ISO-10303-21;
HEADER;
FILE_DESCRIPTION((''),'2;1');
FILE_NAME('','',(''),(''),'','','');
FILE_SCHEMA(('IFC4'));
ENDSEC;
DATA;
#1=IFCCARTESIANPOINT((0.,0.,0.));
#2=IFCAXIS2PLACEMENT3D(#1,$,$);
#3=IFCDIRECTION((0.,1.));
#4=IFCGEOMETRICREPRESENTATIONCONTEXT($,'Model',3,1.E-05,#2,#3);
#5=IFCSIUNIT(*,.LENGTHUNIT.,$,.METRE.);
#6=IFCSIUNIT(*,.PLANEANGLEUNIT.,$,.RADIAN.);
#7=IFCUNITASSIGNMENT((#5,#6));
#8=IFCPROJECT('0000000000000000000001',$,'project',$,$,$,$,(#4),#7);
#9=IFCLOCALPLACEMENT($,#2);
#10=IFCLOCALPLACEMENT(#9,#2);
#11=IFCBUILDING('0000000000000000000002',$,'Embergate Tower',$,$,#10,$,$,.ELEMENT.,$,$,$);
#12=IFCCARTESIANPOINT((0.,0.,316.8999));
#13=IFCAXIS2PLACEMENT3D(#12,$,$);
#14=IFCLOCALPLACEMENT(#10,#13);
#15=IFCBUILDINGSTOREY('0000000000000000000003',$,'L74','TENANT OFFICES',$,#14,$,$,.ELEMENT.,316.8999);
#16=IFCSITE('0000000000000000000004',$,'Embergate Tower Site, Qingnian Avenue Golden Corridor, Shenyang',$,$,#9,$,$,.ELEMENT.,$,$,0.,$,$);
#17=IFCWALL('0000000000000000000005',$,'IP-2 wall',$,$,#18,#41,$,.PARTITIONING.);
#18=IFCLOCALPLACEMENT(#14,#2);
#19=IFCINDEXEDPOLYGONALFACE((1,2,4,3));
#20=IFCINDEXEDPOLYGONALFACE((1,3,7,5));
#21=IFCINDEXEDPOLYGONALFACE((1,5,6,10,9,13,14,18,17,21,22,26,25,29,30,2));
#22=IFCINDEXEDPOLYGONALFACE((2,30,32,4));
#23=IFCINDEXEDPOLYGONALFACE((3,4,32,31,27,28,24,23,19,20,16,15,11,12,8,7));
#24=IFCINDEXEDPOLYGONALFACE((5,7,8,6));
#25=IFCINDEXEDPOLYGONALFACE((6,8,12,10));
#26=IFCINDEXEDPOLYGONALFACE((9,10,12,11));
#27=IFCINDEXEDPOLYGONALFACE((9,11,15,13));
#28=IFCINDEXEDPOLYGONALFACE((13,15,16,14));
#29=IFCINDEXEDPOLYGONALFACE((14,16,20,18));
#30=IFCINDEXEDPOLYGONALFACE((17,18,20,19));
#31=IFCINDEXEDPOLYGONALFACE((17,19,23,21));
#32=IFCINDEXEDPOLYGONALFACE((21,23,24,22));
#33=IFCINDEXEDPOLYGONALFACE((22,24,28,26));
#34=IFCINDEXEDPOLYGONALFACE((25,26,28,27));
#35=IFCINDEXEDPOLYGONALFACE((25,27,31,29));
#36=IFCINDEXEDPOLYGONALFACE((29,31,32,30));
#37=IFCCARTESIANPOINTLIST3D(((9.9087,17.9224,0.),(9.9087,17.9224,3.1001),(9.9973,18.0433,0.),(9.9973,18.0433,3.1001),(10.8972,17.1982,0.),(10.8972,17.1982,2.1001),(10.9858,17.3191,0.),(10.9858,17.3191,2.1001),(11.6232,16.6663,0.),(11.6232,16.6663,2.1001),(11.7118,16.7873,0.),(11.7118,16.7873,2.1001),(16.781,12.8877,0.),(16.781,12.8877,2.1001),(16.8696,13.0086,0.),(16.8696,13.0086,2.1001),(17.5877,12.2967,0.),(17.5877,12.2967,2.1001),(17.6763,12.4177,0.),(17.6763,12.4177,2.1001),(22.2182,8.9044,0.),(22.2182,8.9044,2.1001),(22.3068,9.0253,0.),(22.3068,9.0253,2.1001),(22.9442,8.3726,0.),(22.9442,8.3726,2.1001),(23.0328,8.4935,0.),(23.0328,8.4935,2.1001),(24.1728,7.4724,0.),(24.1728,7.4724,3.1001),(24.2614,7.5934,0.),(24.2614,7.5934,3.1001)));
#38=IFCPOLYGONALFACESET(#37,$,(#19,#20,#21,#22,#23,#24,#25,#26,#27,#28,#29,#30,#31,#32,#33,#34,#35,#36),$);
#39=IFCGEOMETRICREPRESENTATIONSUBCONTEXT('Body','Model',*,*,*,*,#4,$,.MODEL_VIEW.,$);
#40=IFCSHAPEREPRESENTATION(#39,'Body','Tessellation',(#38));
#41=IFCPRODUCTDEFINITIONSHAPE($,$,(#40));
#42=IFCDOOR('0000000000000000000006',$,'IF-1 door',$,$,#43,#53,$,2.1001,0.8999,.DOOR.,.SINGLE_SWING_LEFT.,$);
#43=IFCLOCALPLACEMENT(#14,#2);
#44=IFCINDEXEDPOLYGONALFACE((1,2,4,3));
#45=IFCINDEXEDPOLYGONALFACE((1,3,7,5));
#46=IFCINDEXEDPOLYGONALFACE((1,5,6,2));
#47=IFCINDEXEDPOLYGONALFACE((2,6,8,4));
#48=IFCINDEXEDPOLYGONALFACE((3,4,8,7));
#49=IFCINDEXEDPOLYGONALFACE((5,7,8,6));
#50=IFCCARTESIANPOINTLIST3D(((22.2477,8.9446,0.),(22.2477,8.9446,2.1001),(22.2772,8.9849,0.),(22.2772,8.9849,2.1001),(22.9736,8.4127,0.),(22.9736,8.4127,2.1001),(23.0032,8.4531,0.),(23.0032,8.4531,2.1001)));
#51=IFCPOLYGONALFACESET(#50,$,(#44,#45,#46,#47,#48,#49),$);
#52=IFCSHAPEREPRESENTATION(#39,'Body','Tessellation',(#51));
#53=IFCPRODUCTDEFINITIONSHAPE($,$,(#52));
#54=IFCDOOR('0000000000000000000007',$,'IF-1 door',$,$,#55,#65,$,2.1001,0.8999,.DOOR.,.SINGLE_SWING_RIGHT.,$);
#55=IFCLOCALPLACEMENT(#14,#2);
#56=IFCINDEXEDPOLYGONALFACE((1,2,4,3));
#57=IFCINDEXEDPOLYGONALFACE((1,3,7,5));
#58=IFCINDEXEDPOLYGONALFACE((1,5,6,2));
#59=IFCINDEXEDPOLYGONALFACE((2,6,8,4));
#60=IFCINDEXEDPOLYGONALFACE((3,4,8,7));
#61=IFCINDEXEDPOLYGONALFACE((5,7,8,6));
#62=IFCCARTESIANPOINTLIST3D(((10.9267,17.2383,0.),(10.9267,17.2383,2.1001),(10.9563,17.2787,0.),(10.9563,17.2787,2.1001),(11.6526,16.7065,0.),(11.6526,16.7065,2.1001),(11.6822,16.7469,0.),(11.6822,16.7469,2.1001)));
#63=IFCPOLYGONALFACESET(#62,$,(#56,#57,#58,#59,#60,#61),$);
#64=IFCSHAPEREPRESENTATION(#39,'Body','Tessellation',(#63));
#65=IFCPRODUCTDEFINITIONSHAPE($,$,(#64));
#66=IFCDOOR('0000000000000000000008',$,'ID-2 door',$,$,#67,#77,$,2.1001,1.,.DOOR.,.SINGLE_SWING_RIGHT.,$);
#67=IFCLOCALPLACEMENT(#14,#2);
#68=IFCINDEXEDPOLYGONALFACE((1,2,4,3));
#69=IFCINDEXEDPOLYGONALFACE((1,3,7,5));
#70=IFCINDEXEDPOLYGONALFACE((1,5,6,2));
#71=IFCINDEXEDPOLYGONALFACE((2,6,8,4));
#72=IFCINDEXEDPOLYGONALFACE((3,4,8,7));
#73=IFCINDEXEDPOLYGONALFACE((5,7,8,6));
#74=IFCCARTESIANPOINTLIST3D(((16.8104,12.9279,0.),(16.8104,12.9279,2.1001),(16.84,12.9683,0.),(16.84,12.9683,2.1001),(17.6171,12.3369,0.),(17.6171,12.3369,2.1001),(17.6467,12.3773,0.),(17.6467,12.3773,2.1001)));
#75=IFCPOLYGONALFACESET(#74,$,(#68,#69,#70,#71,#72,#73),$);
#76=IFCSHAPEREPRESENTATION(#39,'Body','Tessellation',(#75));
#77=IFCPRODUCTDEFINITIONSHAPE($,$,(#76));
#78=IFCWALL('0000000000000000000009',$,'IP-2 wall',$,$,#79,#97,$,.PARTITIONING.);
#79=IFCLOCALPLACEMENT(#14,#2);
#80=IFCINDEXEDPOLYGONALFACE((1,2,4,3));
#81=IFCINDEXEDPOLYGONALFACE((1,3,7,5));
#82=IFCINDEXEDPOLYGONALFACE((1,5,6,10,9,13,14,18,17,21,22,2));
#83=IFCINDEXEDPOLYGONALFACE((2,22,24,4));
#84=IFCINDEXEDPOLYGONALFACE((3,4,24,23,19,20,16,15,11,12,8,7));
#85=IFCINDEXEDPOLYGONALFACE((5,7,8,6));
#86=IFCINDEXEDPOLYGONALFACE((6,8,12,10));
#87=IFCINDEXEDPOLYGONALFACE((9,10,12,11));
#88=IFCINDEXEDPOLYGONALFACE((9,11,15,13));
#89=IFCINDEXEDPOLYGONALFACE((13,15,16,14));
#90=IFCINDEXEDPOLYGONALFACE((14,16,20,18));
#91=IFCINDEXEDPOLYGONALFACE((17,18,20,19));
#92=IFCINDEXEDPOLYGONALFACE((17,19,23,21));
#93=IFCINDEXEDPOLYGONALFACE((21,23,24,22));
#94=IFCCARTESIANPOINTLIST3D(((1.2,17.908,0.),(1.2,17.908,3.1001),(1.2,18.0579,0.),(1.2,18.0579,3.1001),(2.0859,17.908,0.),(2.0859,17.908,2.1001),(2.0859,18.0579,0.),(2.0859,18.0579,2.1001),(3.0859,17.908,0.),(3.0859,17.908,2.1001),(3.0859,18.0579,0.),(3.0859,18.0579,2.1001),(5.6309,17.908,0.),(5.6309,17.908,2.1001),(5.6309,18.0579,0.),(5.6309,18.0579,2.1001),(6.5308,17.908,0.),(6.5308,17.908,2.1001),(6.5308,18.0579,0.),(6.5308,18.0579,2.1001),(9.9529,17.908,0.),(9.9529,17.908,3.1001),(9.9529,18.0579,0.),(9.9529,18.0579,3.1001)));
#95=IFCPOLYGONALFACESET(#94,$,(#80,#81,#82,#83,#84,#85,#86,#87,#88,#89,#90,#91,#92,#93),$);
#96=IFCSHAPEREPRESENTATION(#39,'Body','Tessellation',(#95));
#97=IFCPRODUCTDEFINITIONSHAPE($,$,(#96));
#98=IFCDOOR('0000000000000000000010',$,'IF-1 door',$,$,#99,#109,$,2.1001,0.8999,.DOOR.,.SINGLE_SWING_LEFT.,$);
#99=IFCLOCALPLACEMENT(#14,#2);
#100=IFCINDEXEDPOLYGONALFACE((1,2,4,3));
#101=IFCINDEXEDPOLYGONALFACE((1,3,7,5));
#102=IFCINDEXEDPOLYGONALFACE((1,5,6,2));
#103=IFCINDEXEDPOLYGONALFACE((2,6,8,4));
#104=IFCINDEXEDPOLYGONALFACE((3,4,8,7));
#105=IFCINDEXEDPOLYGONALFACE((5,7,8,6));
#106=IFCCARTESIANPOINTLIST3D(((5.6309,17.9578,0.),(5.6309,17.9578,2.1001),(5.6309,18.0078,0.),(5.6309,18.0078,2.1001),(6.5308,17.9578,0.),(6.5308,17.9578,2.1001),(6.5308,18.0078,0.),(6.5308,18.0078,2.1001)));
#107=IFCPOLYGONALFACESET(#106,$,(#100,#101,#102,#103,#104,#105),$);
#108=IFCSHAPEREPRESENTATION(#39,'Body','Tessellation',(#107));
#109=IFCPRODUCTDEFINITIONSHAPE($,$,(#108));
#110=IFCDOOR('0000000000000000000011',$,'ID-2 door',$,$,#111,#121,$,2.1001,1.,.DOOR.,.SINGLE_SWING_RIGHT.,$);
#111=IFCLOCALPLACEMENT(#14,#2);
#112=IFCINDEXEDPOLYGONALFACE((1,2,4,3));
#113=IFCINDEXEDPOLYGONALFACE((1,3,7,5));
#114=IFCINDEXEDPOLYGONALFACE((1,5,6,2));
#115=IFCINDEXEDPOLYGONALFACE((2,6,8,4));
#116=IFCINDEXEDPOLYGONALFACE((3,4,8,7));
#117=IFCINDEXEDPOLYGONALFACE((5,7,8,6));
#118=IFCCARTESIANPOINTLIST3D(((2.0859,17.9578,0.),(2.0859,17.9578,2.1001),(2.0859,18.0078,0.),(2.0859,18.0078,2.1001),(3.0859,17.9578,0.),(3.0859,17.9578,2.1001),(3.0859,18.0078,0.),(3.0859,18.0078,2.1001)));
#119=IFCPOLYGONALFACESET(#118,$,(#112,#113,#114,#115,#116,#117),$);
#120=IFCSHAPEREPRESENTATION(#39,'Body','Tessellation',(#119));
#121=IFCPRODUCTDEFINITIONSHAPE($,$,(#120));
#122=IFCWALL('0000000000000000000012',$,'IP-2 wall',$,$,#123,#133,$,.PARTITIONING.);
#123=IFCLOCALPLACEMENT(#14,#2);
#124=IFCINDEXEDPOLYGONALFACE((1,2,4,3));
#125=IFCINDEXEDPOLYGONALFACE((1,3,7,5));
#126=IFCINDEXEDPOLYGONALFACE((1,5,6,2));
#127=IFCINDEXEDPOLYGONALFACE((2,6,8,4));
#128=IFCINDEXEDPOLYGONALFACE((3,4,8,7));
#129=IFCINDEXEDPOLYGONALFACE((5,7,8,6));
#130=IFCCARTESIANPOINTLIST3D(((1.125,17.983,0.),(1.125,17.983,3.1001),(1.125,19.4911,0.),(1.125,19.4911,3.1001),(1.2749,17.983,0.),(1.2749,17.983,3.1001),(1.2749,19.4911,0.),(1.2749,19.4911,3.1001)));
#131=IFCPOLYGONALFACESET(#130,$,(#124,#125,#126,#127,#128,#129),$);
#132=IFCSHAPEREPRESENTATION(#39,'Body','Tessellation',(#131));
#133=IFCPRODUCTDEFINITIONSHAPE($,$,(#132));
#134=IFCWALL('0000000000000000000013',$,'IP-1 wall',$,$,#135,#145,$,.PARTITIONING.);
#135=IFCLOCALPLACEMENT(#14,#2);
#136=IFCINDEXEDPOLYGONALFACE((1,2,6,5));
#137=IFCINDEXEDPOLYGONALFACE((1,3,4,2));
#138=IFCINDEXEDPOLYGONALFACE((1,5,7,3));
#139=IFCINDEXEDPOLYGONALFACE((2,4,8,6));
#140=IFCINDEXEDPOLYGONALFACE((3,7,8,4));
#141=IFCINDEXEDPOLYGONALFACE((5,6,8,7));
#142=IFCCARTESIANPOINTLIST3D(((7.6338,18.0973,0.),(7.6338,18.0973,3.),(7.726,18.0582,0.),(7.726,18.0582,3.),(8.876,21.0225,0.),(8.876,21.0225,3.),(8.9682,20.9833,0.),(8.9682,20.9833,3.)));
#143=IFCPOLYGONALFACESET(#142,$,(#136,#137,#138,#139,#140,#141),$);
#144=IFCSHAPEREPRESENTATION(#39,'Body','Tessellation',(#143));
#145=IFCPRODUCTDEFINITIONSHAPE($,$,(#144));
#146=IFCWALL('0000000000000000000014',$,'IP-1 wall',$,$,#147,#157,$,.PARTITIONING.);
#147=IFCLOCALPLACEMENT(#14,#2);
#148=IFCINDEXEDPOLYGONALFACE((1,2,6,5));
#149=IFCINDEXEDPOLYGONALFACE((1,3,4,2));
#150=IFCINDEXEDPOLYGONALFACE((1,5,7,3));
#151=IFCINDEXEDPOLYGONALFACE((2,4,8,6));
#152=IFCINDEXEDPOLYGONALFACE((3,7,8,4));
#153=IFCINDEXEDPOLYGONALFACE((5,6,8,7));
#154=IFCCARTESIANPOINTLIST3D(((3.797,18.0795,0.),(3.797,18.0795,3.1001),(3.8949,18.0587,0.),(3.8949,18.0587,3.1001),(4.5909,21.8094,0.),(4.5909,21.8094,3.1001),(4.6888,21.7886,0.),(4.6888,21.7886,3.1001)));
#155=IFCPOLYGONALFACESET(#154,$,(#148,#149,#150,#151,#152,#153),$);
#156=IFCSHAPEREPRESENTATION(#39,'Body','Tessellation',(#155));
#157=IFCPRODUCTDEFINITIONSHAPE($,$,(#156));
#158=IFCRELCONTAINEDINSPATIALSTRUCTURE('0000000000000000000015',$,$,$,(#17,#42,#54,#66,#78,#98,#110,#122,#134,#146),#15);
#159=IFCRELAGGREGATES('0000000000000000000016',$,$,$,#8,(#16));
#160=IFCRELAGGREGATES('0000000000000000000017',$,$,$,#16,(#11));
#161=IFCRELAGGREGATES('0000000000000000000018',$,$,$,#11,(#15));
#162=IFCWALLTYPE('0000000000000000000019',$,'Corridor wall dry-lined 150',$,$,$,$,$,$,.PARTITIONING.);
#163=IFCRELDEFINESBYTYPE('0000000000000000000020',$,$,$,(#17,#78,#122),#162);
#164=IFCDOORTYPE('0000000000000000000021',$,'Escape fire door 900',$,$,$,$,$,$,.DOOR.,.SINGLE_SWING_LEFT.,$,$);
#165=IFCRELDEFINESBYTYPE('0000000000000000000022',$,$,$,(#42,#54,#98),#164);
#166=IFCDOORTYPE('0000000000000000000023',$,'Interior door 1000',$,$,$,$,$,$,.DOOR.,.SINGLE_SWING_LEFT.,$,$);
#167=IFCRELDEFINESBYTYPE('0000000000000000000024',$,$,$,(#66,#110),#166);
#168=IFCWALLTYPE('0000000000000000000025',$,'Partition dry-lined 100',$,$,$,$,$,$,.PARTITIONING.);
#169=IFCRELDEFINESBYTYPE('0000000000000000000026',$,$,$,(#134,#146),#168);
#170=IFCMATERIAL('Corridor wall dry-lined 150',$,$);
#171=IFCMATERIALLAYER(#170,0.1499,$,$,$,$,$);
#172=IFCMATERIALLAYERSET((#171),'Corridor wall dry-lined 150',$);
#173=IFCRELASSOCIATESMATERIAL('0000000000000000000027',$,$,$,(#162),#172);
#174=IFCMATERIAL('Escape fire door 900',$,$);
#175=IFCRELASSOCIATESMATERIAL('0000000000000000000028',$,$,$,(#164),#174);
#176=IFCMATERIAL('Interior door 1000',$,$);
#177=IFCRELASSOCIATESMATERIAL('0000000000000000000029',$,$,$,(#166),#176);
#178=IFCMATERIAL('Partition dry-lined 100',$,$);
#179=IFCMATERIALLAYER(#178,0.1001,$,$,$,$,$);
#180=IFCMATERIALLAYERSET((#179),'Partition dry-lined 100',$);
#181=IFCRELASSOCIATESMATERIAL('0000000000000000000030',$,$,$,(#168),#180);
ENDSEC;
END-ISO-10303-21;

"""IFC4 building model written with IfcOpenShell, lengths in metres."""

from ifc_helpers import new_model, si_unit, direction, frame, frame_2d, origin, place, context, subcontext, project, spatial, rectangle, extrude, source, transform, mapped, material, layer, layer_set, type_object, element, fill, save


model = new_model("IFC4")

# Units and contexts
model_context = context("Model", 3, precision=1e-05, world=origin(), true_north=direction((0.0, 1.0)))
body_context = subcontext(model_context, "Body", "Model", "MODEL_VIEW")
ifc_project = project(units=[si_unit("LENGTHUNIT", "METRE"), si_unit("PLANEANGLEUNIT", "RADIAN")], contexts=[model_context])

# Site, building, storey
site_placement = place(None, origin())
site = spatial("IfcSite", under=ifc_project, at=site_placement, Name="Embergate Tower Site, Qingnian Avenue Golden Corridor, Shenyang", CompositionType="ELEMENT", RefElevation=0.0)
building_placement = place(site_placement, origin())
building = spatial("IfcBuilding", under=site, at=building_placement, Name="Embergate Tower", CompositionType="ELEMENT")
storey_placement = place(building_placement, frame((0.0, 0.0, 316.8999)))
storey = spatial("IfcBuildingStorey", under=building, at=storey_placement, Name="L74", Description="TENANT OFFICES", CompositionType="ELEMENT", Elevation=316.8999)

# Walls, openings, doors
ifc_material_1 = material(Name="Corridor wall dry-lined 150")
ifc_layer_1 = layer(ifc_material_1, 0.1499)
ifc_layer_set_1 = layer_set([ifc_layer_1], Name="Corridor wall dry-lined 150")
wall_type_1 = type_object("IfcWallType", Name="Corridor wall dry-lined 150", PredefinedType="PARTITIONING", material=ifc_layer_set_1)
shared_shape_1 = source(origin(), body_context, "Body", "SweptSolid", [
    extrude(rectangle(XDim=17.6824, YDim=0.1499, at=frame_2d((8.8413, 0.0))), origin(), (0.0, 0.0, 1.0), 3.1001),
])
wall_1_placement = place(storey_placement, frame((9.9529, 17.9829, 0.0), z_axis=(0.0, 0.0, 1.0), x_axis=(0.806686, -0.59098, 0.0)))
wall_1 = element("IfcWall", 1, at=wall_1_placement, inside=storey, type_object=wall_type_1, Name="IP-2 wall", PredefinedType="PARTITIONING", context=body_context, shape_type="MappedRepresentation", body=[
    mapped(shared_shape_1, transform((0.0, 0.0, 0.0))),
])
shared_shape_2 = source(origin(), body_context, "Body", "SweptSolid", [
    extrude(rectangle(XDim=0.8999, YDim=2.1001, at=frame_2d((0.45, 1.05))), frame((0.0, 0.085, 0.0), z_axis=(0.0, -1.0, 0.0), x_axis=(1.0, 0.0, 0.0)), (0.0, 0.0, 1.0), 0.1699),
])
opening_1_placement = place(wall_1_placement, frame((15.2595, 0.0, 0.0)))
opening_1 = element("IfcOpeningElement", 2, at=opening_1_placement, cuts=wall_1, PredefinedType="OPENING", context=body_context, shape_type="MappedRepresentation", body=[
    mapped(shared_shape_2, transform((0.0, 0.0, 0.0))),
])
shared_shape_3 = source(origin(), body_context, "Body", "SweptSolid", [
    extrude(rectangle(XDim=1.0, YDim=2.1001, at=frame_2d((0.5, 1.05))), frame((0.0, 0.085, 0.0), z_axis=(0.0, -1.0, 0.0), x_axis=(1.0, 0.0, 0.0)), (0.0, 0.0, 1.0), 0.1699),
])
opening_2_placement = place(wall_1_placement, frame((8.5193, 0.0, 0.0)))
opening_2 = element("IfcOpeningElement", 3, at=opening_2_placement, cuts=wall_1, PredefinedType="OPENING", context=body_context, shape_type="MappedRepresentation", body=[
    mapped(shared_shape_3, transform((0.0, 0.0, 0.0))),
])
opening_3_placement = place(wall_1_placement, frame((1.2256, 0.0, 0.0)))
opening_3 = element("IfcOpeningElement", 4, at=opening_3_placement, cuts=wall_1, PredefinedType="OPENING", context=body_context, shape_type="MappedRepresentation", body=[
    mapped(shared_shape_2, transform((0.0, 0.0, 0.0))),
])
ifc_material_2 = material(Name="Escape fire door 900")
door_type_1 = type_object("IfcDoorType", Name="Escape fire door 900", OperationType="SINGLE_SWING_LEFT", PredefinedType="DOOR", material=ifc_material_2)
shared_shape_4 = source(origin(), body_context, "Body", "SweptSolid", [
    extrude(rectangle(XDim=0.8999, YDim=2.1001, at=frame_2d((0.45, 1.05))), frame((0.0, 0.0249, 0.0), z_axis=(0.0, -1.0, 0.0), x_axis=(1.0, 0.0, 0.0)), (0.0, 0.0, 1.0), 0.05),
])
door_1_placement = place(opening_1_placement, origin())
door_1 = element("IfcDoor", 5, at=door_1_placement, inside=storey, type_object=door_type_1, Name="IF-1 door", OperationType="SINGLE_SWING_LEFT", OverallHeight=2.1001, OverallWidth=0.8999, PredefinedType="DOOR", context=body_context, shape_type="MappedRepresentation", body=[
    mapped(shared_shape_4, transform((0.0, 0.0, 0.0))),
])
fill(opening_1, door_1)
door_2_placement = place(opening_3_placement, origin())
door_2 = element("IfcDoor", 6, at=door_2_placement, inside=storey, type_object=door_type_1, Name="IF-1 door", OperationType="SINGLE_SWING_RIGHT", OverallHeight=2.1001, OverallWidth=0.8999, PredefinedType="DOOR", context=body_context, shape_type="MappedRepresentation", body=[
    mapped(shared_shape_4, transform((0.0, 0.0, 0.0))),
])
fill(opening_3, door_2)
ifc_material_3 = material(Name="Interior door 1000")
door_type_2 = type_object("IfcDoorType", Name="Interior door 1000", OperationType="SINGLE_SWING_LEFT", PredefinedType="DOOR", material=ifc_material_3)
shared_shape_5 = source(origin(), body_context, "Body", "SweptSolid", [
    extrude(rectangle(XDim=1.0, YDim=2.1001, at=frame_2d((0.5, 1.05))), frame((0.0, 0.0249, 0.0), z_axis=(0.0, -1.0, 0.0), x_axis=(1.0, 0.0, 0.0)), (0.0, 0.0, 1.0), 0.05),
])
door_3_placement = place(opening_2_placement, origin())
door_3 = element("IfcDoor", 7, at=door_3_placement, inside=storey, type_object=door_type_2, Name="ID-2 door", OperationType="SINGLE_SWING_RIGHT", OverallHeight=2.1001, OverallWidth=1.0, PredefinedType="DOOR", context=body_context, shape_type="MappedRepresentation", body=[
    mapped(shared_shape_5, transform((0.0, 0.0, 0.0))),
])
fill(opening_2, door_3)
shared_shape_6 = source(origin(), body_context, "Body", "SweptSolid", [
    extrude(rectangle(XDim=8.7529, YDim=0.1499, at=frame_2d((4.3765, 0.0))), origin(), (0.0, 0.0, 1.0), 3.1001),
])
wall_2_placement = place(storey_placement, frame((1.2, 17.9829, 0.0), z_axis=(0.0, 0.0, 1.0), x_axis=(1.0, 0.0, 0.0)))
wall_2 = element("IfcWall", 8, at=wall_2_placement, inside=storey, type_object=wall_type_1, Name="IP-2 wall", PredefinedType="PARTITIONING", context=body_context, shape_type="MappedRepresentation", body=[
    mapped(shared_shape_6, transform((0.0, 0.0, 0.0))),
])
opening_4_placement = place(wall_2_placement, frame((4.4309, 0.0, 0.0)))
opening_4 = element("IfcOpeningElement", 9, at=opening_4_placement, cuts=wall_2, PredefinedType="OPENING", context=body_context, shape_type="MappedRepresentation", body=[
    mapped(shared_shape_2, transform((0.0, 0.0, 0.0))),
])
opening_5_placement = place(wall_2_placement, frame((0.886, 0.0, 0.0)))
opening_5 = element("IfcOpeningElement", 10, at=opening_5_placement, cuts=wall_2, PredefinedType="OPENING", context=body_context, shape_type="MappedRepresentation", body=[
    mapped(shared_shape_3, transform((0.0, 0.0, 0.0))),
])
door_4_placement = place(opening_4_placement, origin())
door_4 = element("IfcDoor", 11, at=door_4_placement, inside=storey, type_object=door_type_1, Name="IF-1 door", OperationType="SINGLE_SWING_LEFT", OverallHeight=2.1001, OverallWidth=0.8999, PredefinedType="DOOR", context=body_context, shape_type="MappedRepresentation", body=[
    mapped(shared_shape_4, transform((0.0, 0.0, 0.0))),
])
fill(opening_4, door_4)
door_5_placement = place(opening_5_placement, origin())
door_5 = element("IfcDoor", 12, at=door_5_placement, inside=storey, type_object=door_type_2, Name="ID-2 door", OperationType="SINGLE_SWING_RIGHT", OverallHeight=2.1001, OverallWidth=1.0, PredefinedType="DOOR", context=body_context, shape_type="MappedRepresentation", body=[
    mapped(shared_shape_5, transform((0.0, 0.0, 0.0))),
])
fill(opening_5, door_5)

# Walls
shared_shape_7 = source(origin(), body_context, "Body", "SweptSolid", [
    extrude(rectangle(XDim=1.5081, YDim=0.1499, at=frame_2d((0.7539, 0.0))), origin(), (0.0, 0.0, 1.0), 3.1001),
])
wall_3_placement = place(storey_placement, frame((1.2, 19.491, 0.0), z_axis=(0.0, 0.0, 1.0), x_axis=(0.0, -1.0, 0.0)))
element("IfcWall", 13, at=wall_3_placement, inside=storey, type_object=wall_type_1, Name="IP-2 wall", PredefinedType="PARTITIONING", context=body_context, shape_type="MappedRepresentation", body=[
    mapped(shared_shape_7, transform((0.0, 0.0, 0.0))),
])
ifc_material_4 = material(Name="Partition dry-lined 100")
ifc_layer_2 = layer(ifc_material_4, 0.1001)
ifc_layer_set_2 = layer_set([ifc_layer_2], Name="Partition dry-lined 100")
wall_type_2 = type_object("IfcWallType", Name="Partition dry-lined 100", PredefinedType="PARTITIONING", material=ifc_layer_set_2)
shared_shape_8 = source(origin(), body_context, "Body", "SweptSolid", [
    extrude(rectangle(XDim=3.178, YDim=0.1001, at=frame_2d((1.5889, 0.0))), origin(), (0.0, 0.0, 1.0), 3.0),
])
wall_4_placement = place(storey_placement, frame((7.6799, 18.0779, 0.0), z_axis=(0.0, 0.0, 1.0), x_axis=(0.390885, 0.920439, 0.0)))
element("IfcWall", 14, at=wall_4_placement, inside=storey, type_object=wall_type_2, Name="IP-1 wall", PredefinedType="PARTITIONING", context=body_context, shape_type="MappedRepresentation", body=[
    mapped(shared_shape_8, transform((0.0, 0.0, 0.0))),
])
shared_shape_9 = source(origin(), body_context, "Body", "SweptSolid", [
    extrude(rectangle(XDim=3.8135, YDim=0.1001, at=frame_2d((1.9067, 0.0))), origin(), (0.0, 0.0, 1.0), 3.1001),
])
wall_5_placement = place(storey_placement, frame((3.8459, 18.0691, 0.0), z_axis=(0.0, 0.0, 1.0), x_axis=(0.208191, 0.978088, 0.0)))
element("IfcWall", 15, at=wall_5_placement, inside=storey, type_object=wall_type_2, Name="IP-1 wall", PredefinedType="PARTITIONING", context=body_context, shape_type="MappedRepresentation", body=[
    mapped(shared_shape_9, transform((0.0, 0.0, 0.0))),
])

save(model, "model.ifc")
